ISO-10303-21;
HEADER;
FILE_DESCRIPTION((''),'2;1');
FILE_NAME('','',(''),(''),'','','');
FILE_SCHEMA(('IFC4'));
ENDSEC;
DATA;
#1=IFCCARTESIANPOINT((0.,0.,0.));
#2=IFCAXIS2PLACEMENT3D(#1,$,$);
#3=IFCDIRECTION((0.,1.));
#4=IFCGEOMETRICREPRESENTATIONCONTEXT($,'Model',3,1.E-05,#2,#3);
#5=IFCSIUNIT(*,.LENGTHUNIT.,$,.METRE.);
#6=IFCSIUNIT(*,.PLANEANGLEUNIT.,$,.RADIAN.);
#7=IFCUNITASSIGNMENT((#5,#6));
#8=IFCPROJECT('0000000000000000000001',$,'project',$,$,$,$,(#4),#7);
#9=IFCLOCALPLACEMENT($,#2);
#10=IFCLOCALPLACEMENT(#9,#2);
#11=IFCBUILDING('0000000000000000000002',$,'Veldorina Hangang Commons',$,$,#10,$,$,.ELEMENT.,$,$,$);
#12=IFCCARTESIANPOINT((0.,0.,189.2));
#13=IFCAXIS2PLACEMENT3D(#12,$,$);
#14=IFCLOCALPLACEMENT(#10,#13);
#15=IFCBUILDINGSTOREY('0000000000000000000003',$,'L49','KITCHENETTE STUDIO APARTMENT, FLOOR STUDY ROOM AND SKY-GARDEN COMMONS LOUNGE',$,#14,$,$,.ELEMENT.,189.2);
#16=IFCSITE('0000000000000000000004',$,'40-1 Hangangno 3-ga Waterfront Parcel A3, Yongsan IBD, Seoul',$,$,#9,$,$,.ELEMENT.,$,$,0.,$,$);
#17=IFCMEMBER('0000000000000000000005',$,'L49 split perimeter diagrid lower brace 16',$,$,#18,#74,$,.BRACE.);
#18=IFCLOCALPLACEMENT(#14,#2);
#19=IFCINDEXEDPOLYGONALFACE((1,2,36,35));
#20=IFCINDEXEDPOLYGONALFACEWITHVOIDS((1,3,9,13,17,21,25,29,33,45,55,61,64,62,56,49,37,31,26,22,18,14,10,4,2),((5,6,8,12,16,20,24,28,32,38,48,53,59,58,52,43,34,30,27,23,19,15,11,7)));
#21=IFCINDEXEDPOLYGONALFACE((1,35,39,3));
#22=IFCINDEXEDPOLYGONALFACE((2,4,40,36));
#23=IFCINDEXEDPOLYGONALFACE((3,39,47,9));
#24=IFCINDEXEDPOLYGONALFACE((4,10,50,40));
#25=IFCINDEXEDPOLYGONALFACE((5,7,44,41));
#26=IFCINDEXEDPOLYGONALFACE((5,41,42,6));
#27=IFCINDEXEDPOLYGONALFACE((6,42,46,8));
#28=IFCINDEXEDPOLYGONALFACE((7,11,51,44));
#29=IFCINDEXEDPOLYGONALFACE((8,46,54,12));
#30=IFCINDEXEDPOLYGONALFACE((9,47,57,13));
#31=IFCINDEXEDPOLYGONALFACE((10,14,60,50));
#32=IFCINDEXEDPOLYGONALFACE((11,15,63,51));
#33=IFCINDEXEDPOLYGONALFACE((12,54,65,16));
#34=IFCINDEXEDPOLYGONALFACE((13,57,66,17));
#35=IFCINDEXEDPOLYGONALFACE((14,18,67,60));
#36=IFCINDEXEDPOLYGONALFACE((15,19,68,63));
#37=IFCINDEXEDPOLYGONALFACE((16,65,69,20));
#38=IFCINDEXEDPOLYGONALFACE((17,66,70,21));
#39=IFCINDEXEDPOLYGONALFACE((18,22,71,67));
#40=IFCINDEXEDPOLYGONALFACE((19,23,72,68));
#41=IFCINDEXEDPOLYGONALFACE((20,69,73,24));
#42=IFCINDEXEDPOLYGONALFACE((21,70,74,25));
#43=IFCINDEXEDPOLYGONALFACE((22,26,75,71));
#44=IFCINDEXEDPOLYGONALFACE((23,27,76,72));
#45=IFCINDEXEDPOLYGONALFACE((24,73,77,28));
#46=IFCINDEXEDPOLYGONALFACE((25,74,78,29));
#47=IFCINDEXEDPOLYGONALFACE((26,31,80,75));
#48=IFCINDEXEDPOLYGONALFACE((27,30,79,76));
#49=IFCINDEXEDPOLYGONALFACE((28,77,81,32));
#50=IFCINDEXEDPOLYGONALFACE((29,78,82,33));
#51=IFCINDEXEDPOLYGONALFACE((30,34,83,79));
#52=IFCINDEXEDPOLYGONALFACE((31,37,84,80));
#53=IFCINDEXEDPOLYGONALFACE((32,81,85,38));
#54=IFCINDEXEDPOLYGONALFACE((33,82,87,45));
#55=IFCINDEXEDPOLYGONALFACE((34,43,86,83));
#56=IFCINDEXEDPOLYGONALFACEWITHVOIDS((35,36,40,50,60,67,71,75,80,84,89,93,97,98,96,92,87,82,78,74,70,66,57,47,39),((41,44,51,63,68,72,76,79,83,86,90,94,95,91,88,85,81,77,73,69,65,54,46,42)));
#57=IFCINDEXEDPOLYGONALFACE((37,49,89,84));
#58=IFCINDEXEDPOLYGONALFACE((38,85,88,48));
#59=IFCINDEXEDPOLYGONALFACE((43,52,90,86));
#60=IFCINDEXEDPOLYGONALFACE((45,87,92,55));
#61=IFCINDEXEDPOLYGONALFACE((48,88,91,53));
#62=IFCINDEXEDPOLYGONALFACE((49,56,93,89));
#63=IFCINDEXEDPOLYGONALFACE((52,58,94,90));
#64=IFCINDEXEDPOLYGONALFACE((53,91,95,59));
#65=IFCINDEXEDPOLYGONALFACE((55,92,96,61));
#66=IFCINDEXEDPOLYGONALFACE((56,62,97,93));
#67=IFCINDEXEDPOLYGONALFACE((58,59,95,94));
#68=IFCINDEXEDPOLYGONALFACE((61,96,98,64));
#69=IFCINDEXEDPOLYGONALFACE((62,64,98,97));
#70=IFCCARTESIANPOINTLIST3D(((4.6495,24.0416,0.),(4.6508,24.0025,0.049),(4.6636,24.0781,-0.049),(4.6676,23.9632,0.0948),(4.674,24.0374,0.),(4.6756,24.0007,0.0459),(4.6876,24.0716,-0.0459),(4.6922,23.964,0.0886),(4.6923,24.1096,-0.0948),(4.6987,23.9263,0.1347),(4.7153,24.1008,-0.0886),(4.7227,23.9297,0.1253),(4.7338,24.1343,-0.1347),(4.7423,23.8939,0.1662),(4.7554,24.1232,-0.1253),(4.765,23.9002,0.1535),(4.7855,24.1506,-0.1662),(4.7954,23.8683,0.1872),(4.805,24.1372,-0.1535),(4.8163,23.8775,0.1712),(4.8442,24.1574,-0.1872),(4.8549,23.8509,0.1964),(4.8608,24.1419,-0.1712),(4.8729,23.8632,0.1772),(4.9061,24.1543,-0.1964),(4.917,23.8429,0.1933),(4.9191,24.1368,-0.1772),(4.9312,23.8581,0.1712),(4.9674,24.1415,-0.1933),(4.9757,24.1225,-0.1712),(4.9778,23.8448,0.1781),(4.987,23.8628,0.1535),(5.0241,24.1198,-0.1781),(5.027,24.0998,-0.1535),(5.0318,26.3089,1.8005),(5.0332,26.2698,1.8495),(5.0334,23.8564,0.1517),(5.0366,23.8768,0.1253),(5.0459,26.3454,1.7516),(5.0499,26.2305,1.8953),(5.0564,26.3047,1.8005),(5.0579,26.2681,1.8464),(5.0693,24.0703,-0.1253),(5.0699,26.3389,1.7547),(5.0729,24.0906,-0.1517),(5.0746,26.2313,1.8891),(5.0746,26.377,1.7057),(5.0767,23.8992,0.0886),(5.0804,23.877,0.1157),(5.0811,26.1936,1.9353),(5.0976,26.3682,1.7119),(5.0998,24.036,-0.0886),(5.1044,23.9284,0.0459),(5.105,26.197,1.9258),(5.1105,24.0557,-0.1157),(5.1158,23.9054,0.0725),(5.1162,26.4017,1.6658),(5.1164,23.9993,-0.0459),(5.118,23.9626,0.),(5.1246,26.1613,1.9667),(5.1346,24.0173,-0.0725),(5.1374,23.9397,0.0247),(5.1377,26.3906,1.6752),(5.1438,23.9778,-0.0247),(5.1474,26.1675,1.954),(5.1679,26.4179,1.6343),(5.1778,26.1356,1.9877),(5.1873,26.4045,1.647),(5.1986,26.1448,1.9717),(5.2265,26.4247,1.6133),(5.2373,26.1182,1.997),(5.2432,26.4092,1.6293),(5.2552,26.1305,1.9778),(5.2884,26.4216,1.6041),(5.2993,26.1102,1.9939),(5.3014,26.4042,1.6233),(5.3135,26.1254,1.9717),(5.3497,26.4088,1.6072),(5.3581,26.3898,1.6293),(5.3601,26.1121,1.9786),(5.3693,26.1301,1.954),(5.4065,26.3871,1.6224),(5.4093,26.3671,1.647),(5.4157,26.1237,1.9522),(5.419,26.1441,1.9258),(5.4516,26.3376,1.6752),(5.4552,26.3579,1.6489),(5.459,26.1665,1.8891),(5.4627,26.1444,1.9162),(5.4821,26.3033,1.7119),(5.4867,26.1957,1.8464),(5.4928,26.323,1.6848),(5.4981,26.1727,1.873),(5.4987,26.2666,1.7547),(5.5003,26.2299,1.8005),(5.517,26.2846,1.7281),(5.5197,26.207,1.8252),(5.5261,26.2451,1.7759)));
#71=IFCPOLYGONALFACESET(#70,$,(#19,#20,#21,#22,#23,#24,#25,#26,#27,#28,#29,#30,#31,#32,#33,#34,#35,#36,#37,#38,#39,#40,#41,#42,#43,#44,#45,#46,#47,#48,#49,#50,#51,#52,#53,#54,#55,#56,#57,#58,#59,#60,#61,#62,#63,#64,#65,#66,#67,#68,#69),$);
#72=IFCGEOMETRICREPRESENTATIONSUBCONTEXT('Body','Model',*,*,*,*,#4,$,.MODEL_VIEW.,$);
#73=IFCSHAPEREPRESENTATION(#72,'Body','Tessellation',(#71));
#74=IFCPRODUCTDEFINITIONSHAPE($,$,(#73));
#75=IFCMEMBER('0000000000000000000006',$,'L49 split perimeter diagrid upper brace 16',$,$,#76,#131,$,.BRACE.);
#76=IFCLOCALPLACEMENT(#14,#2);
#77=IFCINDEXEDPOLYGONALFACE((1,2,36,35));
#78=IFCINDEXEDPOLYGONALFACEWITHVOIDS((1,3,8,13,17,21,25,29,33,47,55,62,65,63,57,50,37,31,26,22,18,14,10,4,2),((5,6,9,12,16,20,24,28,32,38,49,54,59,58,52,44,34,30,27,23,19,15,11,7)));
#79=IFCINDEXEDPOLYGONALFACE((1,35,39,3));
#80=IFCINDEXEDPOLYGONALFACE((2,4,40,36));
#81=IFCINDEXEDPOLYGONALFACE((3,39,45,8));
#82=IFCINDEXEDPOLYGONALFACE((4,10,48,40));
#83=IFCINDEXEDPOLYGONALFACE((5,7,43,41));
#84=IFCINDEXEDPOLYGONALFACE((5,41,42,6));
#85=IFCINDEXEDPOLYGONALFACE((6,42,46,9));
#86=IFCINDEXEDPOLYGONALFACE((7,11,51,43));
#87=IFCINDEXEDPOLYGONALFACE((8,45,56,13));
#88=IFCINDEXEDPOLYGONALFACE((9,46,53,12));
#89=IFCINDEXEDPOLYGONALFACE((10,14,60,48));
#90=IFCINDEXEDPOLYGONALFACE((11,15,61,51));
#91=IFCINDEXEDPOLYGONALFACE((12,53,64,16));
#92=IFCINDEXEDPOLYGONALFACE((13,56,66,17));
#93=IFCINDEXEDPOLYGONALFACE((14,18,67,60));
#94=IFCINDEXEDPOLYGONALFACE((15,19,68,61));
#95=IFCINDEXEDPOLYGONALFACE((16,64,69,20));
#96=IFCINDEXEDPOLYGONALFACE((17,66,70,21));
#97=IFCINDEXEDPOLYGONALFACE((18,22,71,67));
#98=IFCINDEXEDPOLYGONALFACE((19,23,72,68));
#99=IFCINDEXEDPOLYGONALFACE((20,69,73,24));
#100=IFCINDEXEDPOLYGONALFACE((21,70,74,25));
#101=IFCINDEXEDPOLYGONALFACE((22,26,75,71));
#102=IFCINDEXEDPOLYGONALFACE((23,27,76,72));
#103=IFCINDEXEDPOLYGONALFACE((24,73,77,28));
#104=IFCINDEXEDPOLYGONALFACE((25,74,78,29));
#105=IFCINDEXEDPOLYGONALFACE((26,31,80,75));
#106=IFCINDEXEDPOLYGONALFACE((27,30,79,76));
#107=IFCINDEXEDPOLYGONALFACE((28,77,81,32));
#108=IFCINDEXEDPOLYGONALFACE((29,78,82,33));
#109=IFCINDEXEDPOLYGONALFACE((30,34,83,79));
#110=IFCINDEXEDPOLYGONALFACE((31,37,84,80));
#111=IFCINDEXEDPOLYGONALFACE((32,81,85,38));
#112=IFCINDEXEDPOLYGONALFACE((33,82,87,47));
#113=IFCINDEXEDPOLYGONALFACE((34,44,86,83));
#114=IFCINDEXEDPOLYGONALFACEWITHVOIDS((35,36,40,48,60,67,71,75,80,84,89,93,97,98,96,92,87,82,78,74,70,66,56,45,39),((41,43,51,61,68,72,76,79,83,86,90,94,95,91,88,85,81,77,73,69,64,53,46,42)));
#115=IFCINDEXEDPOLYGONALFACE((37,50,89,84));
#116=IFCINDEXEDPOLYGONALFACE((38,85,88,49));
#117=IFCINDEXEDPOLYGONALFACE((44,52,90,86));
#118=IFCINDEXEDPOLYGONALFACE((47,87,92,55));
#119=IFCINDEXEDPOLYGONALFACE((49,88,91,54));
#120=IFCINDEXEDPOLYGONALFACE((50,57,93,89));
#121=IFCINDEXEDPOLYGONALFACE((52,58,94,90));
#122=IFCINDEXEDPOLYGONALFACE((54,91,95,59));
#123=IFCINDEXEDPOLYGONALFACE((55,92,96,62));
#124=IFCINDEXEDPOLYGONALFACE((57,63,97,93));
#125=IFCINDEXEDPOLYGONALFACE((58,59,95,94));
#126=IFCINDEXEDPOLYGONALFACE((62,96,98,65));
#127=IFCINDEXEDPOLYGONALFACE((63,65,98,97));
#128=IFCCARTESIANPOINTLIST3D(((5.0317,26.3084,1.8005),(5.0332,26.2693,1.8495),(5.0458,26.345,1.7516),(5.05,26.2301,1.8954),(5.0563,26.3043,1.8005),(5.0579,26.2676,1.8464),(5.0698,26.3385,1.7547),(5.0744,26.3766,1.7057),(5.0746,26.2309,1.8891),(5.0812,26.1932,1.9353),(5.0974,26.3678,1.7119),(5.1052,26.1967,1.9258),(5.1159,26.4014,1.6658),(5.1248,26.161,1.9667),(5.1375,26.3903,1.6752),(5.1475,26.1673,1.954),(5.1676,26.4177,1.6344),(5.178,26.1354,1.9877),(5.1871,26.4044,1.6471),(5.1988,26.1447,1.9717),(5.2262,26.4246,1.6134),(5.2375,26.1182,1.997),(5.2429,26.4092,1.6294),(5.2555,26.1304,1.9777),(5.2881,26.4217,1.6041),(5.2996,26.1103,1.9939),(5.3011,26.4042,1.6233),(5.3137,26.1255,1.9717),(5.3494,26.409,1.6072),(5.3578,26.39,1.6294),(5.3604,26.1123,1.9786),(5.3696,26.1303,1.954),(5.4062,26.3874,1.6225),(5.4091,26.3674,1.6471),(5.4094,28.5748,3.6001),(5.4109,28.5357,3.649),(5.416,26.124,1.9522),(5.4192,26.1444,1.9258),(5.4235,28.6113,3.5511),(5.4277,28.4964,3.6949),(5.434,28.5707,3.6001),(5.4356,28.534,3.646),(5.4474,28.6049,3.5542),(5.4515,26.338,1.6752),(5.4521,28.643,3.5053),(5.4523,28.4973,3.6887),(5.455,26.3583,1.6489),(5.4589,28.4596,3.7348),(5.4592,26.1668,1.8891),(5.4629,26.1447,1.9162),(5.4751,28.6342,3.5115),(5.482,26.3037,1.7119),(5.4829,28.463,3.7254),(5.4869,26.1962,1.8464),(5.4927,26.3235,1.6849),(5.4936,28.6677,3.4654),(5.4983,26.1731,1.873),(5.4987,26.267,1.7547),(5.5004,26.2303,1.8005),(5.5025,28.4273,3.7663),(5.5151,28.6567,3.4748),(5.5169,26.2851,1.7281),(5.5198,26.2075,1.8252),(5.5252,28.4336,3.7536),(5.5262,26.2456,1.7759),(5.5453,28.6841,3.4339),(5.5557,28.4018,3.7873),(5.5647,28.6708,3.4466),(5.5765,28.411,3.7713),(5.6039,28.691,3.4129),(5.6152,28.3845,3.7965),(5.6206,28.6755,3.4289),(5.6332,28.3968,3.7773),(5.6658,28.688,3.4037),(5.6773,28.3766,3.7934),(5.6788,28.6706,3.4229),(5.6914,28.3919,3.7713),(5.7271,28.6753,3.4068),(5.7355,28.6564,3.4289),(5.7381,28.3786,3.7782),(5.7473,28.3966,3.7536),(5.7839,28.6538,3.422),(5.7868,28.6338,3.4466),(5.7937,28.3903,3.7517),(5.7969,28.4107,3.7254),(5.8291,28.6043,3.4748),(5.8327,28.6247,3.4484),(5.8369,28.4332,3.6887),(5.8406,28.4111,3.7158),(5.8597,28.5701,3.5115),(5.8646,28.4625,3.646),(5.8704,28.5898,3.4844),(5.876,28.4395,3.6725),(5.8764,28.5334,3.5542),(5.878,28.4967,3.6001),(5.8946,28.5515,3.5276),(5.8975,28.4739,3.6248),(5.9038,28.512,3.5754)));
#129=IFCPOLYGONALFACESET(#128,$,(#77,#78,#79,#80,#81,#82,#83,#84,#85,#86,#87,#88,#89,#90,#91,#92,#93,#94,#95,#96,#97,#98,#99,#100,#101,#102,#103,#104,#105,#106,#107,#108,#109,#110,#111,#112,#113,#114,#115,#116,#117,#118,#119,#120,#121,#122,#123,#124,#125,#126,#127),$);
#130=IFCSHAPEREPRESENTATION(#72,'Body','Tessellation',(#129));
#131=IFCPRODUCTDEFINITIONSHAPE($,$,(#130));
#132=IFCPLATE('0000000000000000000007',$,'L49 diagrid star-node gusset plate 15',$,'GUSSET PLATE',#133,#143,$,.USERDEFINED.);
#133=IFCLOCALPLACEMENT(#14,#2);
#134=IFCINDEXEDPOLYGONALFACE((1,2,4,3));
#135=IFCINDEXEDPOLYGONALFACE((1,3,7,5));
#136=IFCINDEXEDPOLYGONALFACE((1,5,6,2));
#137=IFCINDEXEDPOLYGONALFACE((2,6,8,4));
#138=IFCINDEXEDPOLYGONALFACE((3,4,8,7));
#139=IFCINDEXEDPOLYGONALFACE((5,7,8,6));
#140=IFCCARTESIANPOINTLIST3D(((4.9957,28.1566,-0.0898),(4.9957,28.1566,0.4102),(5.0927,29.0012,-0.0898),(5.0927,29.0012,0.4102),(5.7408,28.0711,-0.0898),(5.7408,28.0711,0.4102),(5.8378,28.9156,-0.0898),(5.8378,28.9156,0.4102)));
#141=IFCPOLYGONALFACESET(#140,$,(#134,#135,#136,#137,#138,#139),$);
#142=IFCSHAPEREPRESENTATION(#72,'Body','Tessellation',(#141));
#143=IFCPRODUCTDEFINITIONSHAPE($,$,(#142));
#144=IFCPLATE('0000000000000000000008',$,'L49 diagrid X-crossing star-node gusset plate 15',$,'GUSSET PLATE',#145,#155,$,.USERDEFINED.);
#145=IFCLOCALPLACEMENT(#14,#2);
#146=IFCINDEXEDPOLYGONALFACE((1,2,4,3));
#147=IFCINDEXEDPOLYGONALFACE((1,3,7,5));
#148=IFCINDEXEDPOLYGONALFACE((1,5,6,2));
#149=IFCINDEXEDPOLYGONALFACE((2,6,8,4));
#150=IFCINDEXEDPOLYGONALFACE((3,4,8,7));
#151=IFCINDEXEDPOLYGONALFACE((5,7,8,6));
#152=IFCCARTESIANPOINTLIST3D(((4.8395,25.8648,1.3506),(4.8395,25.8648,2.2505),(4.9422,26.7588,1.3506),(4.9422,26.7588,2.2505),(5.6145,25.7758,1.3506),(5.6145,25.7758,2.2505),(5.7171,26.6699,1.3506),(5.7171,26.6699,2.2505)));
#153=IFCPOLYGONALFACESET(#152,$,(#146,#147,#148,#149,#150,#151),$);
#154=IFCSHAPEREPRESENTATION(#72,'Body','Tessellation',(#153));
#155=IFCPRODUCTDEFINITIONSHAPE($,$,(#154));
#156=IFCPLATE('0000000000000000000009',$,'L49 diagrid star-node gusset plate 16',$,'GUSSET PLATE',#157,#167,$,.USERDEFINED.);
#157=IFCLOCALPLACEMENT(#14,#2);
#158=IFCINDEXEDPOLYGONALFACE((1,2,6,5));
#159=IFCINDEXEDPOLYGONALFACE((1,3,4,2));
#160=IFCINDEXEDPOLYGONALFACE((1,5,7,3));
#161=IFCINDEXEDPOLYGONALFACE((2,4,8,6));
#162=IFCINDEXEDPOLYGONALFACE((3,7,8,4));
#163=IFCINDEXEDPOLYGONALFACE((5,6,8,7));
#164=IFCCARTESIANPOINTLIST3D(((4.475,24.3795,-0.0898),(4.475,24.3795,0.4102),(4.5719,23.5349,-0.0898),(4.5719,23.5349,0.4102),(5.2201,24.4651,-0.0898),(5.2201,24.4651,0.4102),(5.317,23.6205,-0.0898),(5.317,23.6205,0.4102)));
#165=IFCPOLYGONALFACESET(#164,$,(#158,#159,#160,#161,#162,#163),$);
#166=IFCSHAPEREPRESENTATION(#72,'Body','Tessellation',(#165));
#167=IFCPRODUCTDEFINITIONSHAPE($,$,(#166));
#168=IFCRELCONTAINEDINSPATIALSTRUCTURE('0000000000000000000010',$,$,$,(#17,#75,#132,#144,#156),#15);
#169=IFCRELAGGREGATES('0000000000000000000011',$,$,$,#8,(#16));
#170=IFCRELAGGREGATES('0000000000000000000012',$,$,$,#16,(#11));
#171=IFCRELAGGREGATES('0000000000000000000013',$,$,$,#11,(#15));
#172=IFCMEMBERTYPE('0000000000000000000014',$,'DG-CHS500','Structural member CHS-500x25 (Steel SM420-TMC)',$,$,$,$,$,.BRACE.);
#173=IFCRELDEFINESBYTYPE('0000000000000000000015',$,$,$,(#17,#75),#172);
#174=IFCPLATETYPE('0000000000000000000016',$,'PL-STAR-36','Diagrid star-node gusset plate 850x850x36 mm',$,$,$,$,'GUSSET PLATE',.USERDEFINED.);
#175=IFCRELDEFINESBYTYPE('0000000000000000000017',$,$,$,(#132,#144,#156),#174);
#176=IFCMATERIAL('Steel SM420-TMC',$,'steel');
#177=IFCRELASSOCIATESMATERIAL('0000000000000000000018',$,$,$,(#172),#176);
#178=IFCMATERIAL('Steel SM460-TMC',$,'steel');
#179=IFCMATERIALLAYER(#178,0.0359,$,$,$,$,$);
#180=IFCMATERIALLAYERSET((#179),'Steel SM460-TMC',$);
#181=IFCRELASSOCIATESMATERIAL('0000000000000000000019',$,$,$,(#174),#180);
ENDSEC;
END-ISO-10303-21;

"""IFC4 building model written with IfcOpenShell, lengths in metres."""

from ifc_helpers import new_model, si_unit, direction, frame, origin, origin_2d, place, context, subcontext, project, spatial, rectangle, hollow_circle, extrude, material, layer, layer_set, material_profile, profile_set, type_object, element, save


model = new_model("IFC4")

# Units and contexts
model_context = context("Model", 3, precision=1e-05, world=origin(), true_north=direction((0.0, 1.0)))
body_context = subcontext(model_context, "Body", "Model", "MODEL_VIEW")
ifc_project = project(units=[si_unit("LENGTHUNIT", "METRE"), si_unit("PLANEANGLEUNIT", "RADIAN")], contexts=[model_context])

# Site, building, storey
site_placement = place(None, origin())
site = spatial("IfcSite", under=ifc_project, at=site_placement, Name="40-1 Hangangno 3-ga Waterfront Parcel A3, Yongsan IBD, Seoul", CompositionType="ELEMENT", RefElevation=0.0)
building_placement = place(site_placement, origin())
building = spatial("IfcBuilding", under=site, at=building_placement, Name="Veldorina Hangang Commons", CompositionType="ELEMENT")
storey_placement = place(building_placement, frame((0.0, 0.0, 189.2)))
storey = spatial("IfcBuildingStorey", under=building, at=storey_placement, Name="L49", Description="KITCHENETTE STUDIO APARTMENT, FLOOR STUDY ROOM AND SKY-GARDEN COMMONS LOUNGE", CompositionType="ELEMENT", Elevation=189.2)

# Shared definitions
ifc_material_1 = material(Name="Steel SM420-TMC", Category="steel")

# Members
ifc_material_profile_1 = material_profile(ifc_material_1, hollow_circle(Radius=0.25, WallThickness=0.0249, at=origin_2d()), Name="CHS-500x25")
ifc_profile_set_1 = profile_set([ifc_material_profile_1], Name="Steel SM420-TMC")
member_type = type_object("IfcMemberType", Name="DG-CHS500", Description="Structural member CHS-500x25 (Steel SM420-TMC)", PredefinedType="BRACE", material=ifc_profile_set_1)
member_1_placement = place(storey_placement, frame((4.896, 24.0, 0.0), z_axis=(0.130914, 0.77637, 0.616532), x_axis=(-0.986079, 0.166275, 0.0)))
element("IfcMember", 1, at=member_1_placement, inside=storey, type_object=member_type, Name="L49 split perimeter diagrid lower brace 16", PredefinedType="BRACE", context=body_context, shape_type="SweptSolid", body=[
    extrude(hollow_circle(Radius=0.25, WallThickness=0.0249, at=origin_2d()), origin(), (0.0, 0.0, 1.0), 2.9204),
])
member_2_placement = place(storey_placement, frame((5.2783, 26.2673, 1.8005), z_axis=(0.129412, 0.776558, 0.616612), x_axis=(-0.986397, 0.164382, 0.0)))
element("IfcMember", 2, at=member_2_placement, inside=storey, type_object=member_type, Name="L49 split perimeter diagrid upper brace 16", PredefinedType="BRACE", context=body_context, shape_type="SweptSolid", body=[
    extrude(hollow_circle(Radius=0.25, WallThickness=0.0249, at=origin_2d()), origin(), (0.0, 0.0, 1.0), 2.9185),
])

# Plates
ifc_material_2 = material(Name="Steel SM460-TMC", Category="steel")
ifc_layer_1 = layer(ifc_material_2, 0.0359)
ifc_layer_set_1 = layer_set([ifc_layer_1], Name="Steel SM460-TMC")
plate_type = type_object("IfcPlateType", Name="PL-STAR-36", Description="Diagrid star-node gusset plate 850x850x36 mm", ElementType="GUSSET PLATE", PredefinedType="USERDEFINED", material=ifc_layer_set_1)
plate_1_placement = place(storey_placement, frame((5.4167, 28.5361, -0.0898), z_axis=(0.0, 0.0, 1.0), x_axis=(-0.11407, -0.993473, 0.0)))
element("IfcPlate", 3, at=plate_1_placement, inside=storey, type_object=plate_type, Name="L49 diagrid star-node gusset plate 15", ObjectType="GUSSET PLATE", PredefinedType="USERDEFINED", context=body_context, shape_type="SweptSolid", body=[
    extrude(rectangle(XDim=0.8501, YDim=0.75, at=origin_2d()), origin(), (0.0, 0.0, 1.0), 0.5),
])
plate_2_placement = place(storey_placement, frame((5.2783, 26.2673, 1.3506), z_axis=(0.0, 0.0, 1.0), x_axis=(-0.11407, -0.993473, 0.0)))
element("IfcPlate", 4, at=plate_2_placement, inside=storey, type_object=plate_type, Name="L49 diagrid X-crossing star-node gusset plate 15", ObjectType="GUSSET PLATE", PredefinedType="USERDEFINED", context=body_context, shape_type="SweptSolid", body=[
    extrude(rectangle(XDim=0.8999, YDim=0.78, at=origin_2d()), origin(), (0.0, 0.0, 1.0), 0.8999),
])
plate_3_placement = place(storey_placement, frame((4.896, 24.0, -0.0898), z_axis=(0.0, 0.0, 1.0), x_axis=(0.11407, -0.993473, 0.0)))
element("IfcPlate", 5, at=plate_3_placement, inside=storey, type_object=plate_type, Name="L49 diagrid star-node gusset plate 16", ObjectType="GUSSET PLATE", PredefinedType="USERDEFINED", context=body_context, shape_type="SweptSolid", body=[
    extrude(rectangle(XDim=0.8501, YDim=0.75, at=origin_2d()), origin(), (0.0, 0.0, 1.0), 0.5),
])

save(model, "model.ifc")
